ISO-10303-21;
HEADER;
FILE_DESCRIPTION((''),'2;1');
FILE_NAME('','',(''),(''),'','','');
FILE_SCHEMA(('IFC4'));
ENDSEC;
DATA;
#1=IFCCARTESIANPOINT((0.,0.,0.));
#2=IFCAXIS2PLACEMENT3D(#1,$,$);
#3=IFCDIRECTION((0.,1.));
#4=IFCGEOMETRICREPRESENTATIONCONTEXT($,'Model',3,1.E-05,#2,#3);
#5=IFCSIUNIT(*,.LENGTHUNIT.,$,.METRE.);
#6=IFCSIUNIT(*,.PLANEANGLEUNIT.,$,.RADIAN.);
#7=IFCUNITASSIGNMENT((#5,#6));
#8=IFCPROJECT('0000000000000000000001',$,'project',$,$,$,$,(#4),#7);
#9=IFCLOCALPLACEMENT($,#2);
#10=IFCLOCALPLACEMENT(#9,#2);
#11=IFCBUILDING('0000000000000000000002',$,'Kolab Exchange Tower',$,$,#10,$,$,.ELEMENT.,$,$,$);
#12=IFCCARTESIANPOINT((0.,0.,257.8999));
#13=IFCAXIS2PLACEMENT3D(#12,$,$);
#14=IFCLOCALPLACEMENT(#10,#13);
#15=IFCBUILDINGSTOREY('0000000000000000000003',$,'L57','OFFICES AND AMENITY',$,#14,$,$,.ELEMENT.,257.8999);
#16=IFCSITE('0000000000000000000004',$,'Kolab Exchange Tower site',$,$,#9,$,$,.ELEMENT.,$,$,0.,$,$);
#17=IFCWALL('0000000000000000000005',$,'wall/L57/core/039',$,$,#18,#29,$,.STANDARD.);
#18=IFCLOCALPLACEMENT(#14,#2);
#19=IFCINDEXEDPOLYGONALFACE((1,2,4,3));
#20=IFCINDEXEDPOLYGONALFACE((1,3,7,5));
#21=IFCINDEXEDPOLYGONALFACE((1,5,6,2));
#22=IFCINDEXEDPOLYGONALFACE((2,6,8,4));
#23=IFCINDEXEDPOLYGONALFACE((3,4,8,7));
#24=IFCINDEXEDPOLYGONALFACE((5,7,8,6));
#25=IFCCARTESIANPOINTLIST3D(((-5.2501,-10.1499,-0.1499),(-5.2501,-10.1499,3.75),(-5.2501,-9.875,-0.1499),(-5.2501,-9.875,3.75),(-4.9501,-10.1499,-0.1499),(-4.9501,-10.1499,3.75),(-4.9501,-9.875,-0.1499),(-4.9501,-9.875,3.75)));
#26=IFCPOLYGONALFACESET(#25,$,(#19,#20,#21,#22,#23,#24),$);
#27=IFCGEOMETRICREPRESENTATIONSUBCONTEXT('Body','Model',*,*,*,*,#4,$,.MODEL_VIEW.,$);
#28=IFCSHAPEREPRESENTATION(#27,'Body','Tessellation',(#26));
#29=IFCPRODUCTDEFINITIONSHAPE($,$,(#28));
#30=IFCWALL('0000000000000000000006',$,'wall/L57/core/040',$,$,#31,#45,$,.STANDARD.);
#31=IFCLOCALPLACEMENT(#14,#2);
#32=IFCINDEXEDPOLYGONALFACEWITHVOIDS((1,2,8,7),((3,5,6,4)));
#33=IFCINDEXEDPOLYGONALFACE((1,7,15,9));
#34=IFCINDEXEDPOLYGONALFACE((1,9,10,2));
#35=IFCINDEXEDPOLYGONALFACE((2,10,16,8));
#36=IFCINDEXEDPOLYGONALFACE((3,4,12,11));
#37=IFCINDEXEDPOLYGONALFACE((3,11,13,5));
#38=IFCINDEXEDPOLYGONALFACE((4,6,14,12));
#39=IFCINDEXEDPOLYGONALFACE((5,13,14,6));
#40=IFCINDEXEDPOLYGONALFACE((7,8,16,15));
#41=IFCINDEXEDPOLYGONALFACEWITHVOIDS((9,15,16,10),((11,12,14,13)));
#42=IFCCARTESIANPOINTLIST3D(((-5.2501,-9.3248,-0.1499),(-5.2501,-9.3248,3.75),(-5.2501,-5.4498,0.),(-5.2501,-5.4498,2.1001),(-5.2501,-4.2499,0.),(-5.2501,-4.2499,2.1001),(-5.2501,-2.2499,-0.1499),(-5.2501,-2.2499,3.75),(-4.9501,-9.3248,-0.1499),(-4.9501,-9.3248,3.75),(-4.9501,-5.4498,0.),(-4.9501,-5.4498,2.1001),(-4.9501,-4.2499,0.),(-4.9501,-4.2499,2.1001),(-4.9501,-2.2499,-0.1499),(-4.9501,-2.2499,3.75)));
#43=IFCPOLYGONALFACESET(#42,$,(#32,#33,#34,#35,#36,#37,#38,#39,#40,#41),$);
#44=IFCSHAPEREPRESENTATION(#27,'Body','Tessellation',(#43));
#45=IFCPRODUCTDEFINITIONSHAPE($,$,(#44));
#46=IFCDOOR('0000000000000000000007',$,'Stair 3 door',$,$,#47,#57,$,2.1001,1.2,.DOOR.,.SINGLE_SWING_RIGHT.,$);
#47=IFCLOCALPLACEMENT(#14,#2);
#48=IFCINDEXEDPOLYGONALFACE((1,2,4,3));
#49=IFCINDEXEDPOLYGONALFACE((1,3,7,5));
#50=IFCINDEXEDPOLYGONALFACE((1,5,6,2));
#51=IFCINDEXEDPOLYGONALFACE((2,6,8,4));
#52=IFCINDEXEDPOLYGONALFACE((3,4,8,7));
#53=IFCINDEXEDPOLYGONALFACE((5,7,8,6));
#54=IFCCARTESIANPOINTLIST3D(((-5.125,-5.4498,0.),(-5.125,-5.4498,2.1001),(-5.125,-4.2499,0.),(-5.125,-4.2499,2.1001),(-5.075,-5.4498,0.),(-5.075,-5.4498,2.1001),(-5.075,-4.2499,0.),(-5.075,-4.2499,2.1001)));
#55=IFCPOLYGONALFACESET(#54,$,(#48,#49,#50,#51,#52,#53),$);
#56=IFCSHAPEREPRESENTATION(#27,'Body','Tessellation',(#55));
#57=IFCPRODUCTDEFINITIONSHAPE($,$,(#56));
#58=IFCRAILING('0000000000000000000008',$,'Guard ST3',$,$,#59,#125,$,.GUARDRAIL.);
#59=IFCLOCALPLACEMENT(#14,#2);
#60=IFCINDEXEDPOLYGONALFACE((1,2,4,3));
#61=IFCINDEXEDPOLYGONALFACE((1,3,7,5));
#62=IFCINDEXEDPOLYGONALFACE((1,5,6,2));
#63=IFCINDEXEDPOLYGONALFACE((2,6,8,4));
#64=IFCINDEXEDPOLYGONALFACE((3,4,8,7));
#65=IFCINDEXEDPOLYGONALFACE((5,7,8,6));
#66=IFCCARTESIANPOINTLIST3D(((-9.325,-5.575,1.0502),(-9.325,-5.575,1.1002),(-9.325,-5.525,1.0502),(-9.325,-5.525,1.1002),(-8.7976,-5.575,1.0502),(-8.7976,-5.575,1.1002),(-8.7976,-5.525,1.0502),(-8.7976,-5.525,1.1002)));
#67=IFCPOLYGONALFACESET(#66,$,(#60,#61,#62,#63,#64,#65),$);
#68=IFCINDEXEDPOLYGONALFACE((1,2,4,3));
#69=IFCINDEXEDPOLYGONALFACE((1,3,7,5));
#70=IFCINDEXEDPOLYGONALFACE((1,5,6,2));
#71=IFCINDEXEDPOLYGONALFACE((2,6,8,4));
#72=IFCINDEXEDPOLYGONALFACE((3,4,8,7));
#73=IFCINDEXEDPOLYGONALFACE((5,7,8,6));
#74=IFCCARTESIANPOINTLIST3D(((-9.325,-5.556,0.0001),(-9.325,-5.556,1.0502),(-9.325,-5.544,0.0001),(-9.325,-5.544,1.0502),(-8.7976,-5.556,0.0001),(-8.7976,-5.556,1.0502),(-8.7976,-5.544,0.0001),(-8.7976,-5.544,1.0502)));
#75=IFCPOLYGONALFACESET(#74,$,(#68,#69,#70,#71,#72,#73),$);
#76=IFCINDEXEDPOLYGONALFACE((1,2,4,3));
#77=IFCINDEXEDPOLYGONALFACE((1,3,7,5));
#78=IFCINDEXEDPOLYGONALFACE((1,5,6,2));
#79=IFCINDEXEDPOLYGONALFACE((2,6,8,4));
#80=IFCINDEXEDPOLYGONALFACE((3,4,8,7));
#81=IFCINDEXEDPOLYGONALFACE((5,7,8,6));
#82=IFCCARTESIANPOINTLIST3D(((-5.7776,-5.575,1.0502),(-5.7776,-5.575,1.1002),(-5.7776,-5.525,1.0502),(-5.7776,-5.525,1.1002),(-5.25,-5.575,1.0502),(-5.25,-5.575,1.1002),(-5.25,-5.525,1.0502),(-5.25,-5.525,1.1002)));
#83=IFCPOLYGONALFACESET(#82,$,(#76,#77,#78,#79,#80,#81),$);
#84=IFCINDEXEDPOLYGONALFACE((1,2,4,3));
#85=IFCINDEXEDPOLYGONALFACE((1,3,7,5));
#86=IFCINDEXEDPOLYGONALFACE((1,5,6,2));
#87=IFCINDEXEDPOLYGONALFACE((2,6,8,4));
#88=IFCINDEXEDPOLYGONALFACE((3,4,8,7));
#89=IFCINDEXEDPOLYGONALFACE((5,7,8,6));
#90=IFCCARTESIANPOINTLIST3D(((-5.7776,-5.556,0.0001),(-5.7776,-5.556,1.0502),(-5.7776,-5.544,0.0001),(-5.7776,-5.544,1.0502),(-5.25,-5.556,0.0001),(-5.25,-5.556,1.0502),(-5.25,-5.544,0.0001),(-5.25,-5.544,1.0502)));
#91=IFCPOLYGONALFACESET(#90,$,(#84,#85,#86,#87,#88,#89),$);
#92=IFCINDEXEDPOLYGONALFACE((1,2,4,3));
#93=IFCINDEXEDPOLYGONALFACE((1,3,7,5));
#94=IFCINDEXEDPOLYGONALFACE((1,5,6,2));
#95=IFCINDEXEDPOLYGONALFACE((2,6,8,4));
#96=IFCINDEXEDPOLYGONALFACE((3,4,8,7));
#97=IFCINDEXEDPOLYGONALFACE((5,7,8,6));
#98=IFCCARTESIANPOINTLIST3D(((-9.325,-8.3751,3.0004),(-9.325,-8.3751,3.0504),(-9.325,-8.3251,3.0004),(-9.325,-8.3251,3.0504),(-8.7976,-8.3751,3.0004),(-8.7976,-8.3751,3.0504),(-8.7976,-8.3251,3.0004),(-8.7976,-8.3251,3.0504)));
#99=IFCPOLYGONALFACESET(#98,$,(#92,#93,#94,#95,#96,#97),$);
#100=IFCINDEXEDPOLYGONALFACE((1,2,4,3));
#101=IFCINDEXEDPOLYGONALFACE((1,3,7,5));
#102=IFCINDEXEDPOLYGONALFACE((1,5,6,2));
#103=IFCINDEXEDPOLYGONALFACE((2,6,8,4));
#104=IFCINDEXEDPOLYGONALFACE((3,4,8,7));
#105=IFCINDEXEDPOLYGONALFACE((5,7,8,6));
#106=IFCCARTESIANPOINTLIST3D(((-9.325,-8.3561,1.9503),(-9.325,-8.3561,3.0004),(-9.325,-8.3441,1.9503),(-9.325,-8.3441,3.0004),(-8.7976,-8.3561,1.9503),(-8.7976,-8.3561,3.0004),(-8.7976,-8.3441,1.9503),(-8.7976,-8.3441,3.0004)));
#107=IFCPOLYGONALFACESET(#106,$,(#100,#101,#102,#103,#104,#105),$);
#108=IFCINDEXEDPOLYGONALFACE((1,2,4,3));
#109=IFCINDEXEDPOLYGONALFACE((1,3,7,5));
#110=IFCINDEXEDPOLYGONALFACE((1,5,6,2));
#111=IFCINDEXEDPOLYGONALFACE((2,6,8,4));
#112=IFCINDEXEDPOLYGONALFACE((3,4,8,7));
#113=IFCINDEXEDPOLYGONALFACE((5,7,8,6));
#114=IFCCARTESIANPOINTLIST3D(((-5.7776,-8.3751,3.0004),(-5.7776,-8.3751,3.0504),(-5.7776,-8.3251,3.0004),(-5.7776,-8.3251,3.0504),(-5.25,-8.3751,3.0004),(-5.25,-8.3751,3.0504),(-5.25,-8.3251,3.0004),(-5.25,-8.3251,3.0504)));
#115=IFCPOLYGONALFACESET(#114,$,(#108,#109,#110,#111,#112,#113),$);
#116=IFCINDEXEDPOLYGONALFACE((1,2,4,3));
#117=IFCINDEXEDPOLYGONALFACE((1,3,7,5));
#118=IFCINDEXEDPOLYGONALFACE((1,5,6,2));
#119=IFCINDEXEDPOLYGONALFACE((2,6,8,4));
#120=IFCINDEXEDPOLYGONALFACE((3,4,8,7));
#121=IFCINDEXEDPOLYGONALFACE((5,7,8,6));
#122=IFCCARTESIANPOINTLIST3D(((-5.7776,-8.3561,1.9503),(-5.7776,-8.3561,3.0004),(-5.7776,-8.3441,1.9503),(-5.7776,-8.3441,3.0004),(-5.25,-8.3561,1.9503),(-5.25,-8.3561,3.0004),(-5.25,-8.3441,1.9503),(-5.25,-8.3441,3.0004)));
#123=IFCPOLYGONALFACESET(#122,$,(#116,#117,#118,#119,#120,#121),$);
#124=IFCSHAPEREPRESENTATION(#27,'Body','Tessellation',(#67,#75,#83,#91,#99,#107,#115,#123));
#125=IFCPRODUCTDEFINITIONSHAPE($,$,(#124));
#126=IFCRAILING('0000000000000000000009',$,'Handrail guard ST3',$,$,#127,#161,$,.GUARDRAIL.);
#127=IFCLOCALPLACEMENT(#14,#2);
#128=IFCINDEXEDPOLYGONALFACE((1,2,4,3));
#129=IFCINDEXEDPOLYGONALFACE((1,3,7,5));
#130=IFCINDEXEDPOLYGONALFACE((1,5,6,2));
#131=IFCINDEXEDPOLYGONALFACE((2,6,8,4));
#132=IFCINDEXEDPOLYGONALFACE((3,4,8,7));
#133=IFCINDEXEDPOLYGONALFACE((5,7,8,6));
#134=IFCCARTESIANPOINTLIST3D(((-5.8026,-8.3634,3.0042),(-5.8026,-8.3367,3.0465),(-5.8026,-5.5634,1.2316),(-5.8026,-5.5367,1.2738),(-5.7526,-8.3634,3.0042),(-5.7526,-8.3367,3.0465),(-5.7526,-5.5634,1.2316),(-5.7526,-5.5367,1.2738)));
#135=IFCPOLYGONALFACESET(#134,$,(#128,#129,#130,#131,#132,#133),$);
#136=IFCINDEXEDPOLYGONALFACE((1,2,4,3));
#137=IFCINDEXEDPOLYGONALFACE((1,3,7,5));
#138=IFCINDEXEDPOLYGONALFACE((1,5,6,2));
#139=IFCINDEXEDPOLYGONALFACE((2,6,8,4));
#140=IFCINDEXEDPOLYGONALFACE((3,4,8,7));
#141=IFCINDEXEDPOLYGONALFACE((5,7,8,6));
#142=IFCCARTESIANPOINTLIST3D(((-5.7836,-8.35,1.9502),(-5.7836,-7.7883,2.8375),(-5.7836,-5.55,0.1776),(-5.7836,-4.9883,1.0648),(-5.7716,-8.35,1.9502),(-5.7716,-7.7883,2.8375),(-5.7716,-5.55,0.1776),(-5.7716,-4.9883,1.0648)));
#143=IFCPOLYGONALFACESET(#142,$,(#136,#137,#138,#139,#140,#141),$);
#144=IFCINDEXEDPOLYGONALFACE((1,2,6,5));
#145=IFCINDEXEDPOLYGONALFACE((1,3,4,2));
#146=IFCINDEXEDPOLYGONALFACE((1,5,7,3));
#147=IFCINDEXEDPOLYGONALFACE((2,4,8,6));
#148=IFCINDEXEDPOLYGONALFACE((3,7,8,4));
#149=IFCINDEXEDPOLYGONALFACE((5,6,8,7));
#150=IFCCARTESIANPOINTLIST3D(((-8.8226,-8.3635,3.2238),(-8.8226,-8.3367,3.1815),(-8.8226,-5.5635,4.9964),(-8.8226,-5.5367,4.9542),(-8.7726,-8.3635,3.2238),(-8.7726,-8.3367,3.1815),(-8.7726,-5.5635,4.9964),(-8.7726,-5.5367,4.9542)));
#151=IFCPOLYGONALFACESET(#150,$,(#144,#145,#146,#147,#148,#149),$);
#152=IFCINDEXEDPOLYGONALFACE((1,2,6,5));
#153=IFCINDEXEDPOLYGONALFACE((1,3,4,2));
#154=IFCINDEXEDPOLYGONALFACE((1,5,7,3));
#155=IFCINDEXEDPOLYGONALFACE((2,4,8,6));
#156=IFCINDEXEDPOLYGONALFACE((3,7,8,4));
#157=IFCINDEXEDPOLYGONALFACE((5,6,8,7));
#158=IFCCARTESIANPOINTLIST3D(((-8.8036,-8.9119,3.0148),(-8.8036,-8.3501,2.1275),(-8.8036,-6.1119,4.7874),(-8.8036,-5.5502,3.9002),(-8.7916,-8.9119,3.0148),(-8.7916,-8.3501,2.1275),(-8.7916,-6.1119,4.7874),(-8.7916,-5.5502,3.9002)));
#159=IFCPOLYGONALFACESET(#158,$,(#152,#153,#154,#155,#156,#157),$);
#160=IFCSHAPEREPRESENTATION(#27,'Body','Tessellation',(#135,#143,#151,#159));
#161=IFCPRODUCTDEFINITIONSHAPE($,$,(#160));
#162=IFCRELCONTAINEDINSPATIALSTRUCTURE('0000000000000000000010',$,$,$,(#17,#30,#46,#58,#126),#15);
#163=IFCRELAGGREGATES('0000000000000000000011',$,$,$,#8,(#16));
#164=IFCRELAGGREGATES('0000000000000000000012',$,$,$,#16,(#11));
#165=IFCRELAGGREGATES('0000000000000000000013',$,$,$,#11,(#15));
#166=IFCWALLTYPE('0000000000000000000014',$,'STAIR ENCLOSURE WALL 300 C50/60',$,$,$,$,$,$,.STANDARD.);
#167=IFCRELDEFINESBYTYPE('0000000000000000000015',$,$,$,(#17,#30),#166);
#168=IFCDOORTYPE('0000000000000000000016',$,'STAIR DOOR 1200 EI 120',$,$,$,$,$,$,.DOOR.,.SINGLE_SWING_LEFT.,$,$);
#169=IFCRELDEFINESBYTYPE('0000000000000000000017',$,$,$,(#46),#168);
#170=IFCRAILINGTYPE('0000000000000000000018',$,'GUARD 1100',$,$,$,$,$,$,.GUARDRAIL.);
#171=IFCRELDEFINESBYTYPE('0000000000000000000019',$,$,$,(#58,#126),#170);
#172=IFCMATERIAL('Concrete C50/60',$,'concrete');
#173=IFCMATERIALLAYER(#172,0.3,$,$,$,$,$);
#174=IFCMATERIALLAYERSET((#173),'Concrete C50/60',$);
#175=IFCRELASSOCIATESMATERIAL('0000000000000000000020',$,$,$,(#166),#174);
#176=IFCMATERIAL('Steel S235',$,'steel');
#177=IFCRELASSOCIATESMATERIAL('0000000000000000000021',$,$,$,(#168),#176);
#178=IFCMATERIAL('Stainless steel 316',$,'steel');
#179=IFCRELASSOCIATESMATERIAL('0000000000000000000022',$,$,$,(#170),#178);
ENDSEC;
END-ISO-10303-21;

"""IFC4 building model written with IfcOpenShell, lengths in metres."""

from ifc_helpers import new_model, si_unit, direction, frame, frame_2d, origin, origin_2d, place, context, subcontext, project, spatial, rectangle, extrude, material, layer, layer_set, type_object, element, fill, save


model = new_model("IFC4")

# Units and contexts
model_context = context("Model", 3, precision=1e-05, world=origin(), true_north=direction((0.0, 1.0)))
body_context = subcontext(model_context, "Body", "Model", "MODEL_VIEW")
ifc_project = project(units=[si_unit("LENGTHUNIT", "METRE"), si_unit("PLANEANGLEUNIT", "RADIAN")], contexts=[model_context])

# Site, building, storey
site_placement = place(None, origin())
site = spatial("IfcSite", under=ifc_project, at=site_placement, Name="Kolab Exchange Tower site", CompositionType="ELEMENT", RefElevation=0.0)
building_placement = place(site_placement, origin())
building = spatial("IfcBuilding", under=site, at=building_placement, Name="Kolab Exchange Tower", CompositionType="ELEMENT")
storey_placement = place(building_placement, frame((0.0, 0.0, 257.8999)))
storey = spatial("IfcBuildingStorey", under=building, at=storey_placement, Name="L57", Description="OFFICES AND AMENITY", CompositionType="ELEMENT", Elevation=257.8999)

# Shared definitions
ifc_material_1 = material(Name="Concrete C50/60", Category="concrete")
ifc_material_2 = material(Name="Steel S235", Category="steel")
ifc_material_3 = material(Name="Stainless steel 316", Category="steel")

# Wall
ifc_layer_1 = layer(ifc_material_1, 0.3)
ifc_layer_set_1 = layer_set([ifc_layer_1], Name="Concrete C50/60")
wall_type_1 = type_object("IfcWallType", Name="STAIR ENCLOSURE WALL 300 C50/60", PredefinedType="STANDARD", material=ifc_layer_set_1)
wall_1_placement = place(storey_placement, frame((-5.1001, -10.1499, -0.1499), z_axis=(0.0, 0.0, 1.0), x_axis=(0.0, 1.0, 0.0)))
element("IfcWall", 1, at=wall_1_placement, inside=storey, type_object=wall_type_1, Name="wall/L57/core/039", PredefinedType="STANDARD", context=body_context, shape_type="SweptSolid", body=[
    extrude(rectangle(XDim=0.2749, YDim=0.3, at=frame_2d((0.1375, 0.0))), origin(), (0.0, 0.0, 1.0), 3.8999),
])

# Wall, opening, door
wall_2_placement = place(storey_placement, frame((-5.1001, -9.325, -0.1499), z_axis=(0.0, 0.0, 1.0), x_axis=(0.0, 1.0, 0.0)))
wall_2 = element("IfcWall", 2, at=wall_2_placement, inside=storey, type_object=wall_type_1, Name="wall/L57/core/040", PredefinedType="STANDARD", context=body_context, shape_type="SweptSolid", body=[
    extrude(rectangle(XDim=7.075, YDim=0.3, at=frame_2d((3.5376, 0.0))), origin(), (0.0, 0.0, 1.0), 3.8999),
])
opening_1_placement = place(wall_2_placement, frame((3.875, 0.0, 0.1499)))
opening_1 = element("IfcOpeningElement", 3, at=opening_1_placement, cuts=wall_2, PredefinedType="OPENING", context=body_context, shape_type="SweptSolid", body=[
    extrude(rectangle(XDim=1.2, YDim=2.1001, at=frame_2d((0.6001, 1.05))), frame((0.0, 0.1602, 0.0), z_axis=(0.0, -1.0, 0.0), x_axis=(1.0, 0.0, 0.0)), (0.0, 0.0, 1.0), 0.3201),
])
door_type_1 = type_object("IfcDoorType", Name="STAIR DOOR 1200 EI 120", OperationType="SINGLE_SWING_LEFT", PredefinedType="DOOR", material=ifc_material_2)
door_1_placement = place(opening_1_placement, origin())
door_1 = element("IfcDoor", 4, at=door_1_placement, inside=storey, type_object=door_type_1, Name="Stair 3 door", OperationType="SINGLE_SWING_RIGHT", OverallHeight=2.1001, OverallWidth=1.2, PredefinedType="DOOR", context=body_context, shape_type="SweptSolid", body=[
    extrude(rectangle(XDim=1.2, YDim=2.1001, at=frame_2d((0.6001, 1.05))), frame((0.0, 0.0249, 0.0), z_axis=(0.0, -1.0, 0.0), x_axis=(1.0, 0.0, 0.0)), (0.0, 0.0, 1.0), 0.05),
])
fill(opening_1, door_1)

# Railings
railing_type = type_object("IfcRailingType", Name="GUARD 1100", PredefinedType="GUARDRAIL", material=ifc_material_3)
railing_1_placement = place(storey_placement, frame((-9.325, -5.55, 0.0)))
element("IfcRailing", 5, at=railing_1_placement, inside=storey, type_object=railing_type, Name="Guard ST3", PredefinedType="GUARDRAIL", context=body_context, shape_type="SweptSolid", body=[
    extrude(rectangle(XDim=0.05, YDim=0.05, at=origin_2d()), frame((0.0, 0.0, 1.0752), z_axis=(1.0, 0.0, 0.0), x_axis=(0.0, 1.0, 0.0)), (0.0, 0.0, 1.0), 0.5273),
    extrude(rectangle(XDim=0.012, YDim=1.0501, at=frame_2d((0.0, 0.5251))), frame((0.0, 0.0, 0.0), z_axis=(1.0, 0.0, 0.0), x_axis=(0.0, 1.0, 0.0)), (0.0, 0.0, 1.0), 0.5273),
    extrude(rectangle(XDim=0.05, YDim=0.05, at=origin_2d()), frame((3.5474, 0.0, 1.0752), z_axis=(1.0, 0.0, 0.0), x_axis=(0.0, 1.0, 0.0)), (0.0, 0.0, 1.0), 0.5276),
    extrude(rectangle(XDim=0.012, YDim=1.0501, at=frame_2d((0.0, 0.5251))), frame((3.5474, 0.0, 0.0), z_axis=(1.0, 0.0, 0.0), x_axis=(0.0, 1.0, 0.0)), (0.0, 0.0, 1.0), 0.5276),
    extrude(rectangle(XDim=0.05, YDim=0.05, at=origin_2d()), frame((0.0, -2.8, 3.0254), z_axis=(1.0, 0.0, 0.0), x_axis=(0.0, 1.0, 0.0)), (0.0, 0.0, 1.0), 0.5273),
    extrude(rectangle(XDim=0.012, YDim=1.0501, at=frame_2d((0.0, 0.5251))), frame((0.0, -2.8, 1.9502), z_axis=(1.0, 0.0, 0.0), x_axis=(0.0, 1.0, 0.0)), (0.0, 0.0, 1.0), 0.5273),
    extrude(rectangle(XDim=0.05, YDim=0.05, at=origin_2d()), frame((3.5474, -2.8, 3.0254), z_axis=(1.0, 0.0, 0.0), x_axis=(0.0, 1.0, 0.0)), (0.0, 0.0, 1.0), 0.5276),
    extrude(rectangle(XDim=0.012, YDim=1.0501, at=frame_2d((0.0, 0.5251))), frame((3.5474, -2.8, 1.9502), z_axis=(1.0, 0.0, 0.0), x_axis=(0.0, 1.0, 0.0)), (0.0, 0.0, 1.0), 0.5276),
])
railing_2_placement = place(storey_placement, frame((-5.7776, -5.55, 0.1775)))
element("IfcRailing", 6, at=railing_2_placement, inside=storey, type_object=railing_type, Name="Handrail guard ST3", PredefinedType="GUARDRAIL", context=body_context, shape_type="SweptSolid", body=[
    extrude(rectangle(XDim=0.05, YDim=0.05, at=origin_2d()), frame((0.0, 0.0, 1.0752), z_axis=(0.0, -0.844909, 0.53491), x_axis=(1.0, 0.0, 0.0)), (0.0, 0.0, 1.0), 3.314),
    extrude(rectangle(XDim=0.012, YDim=1.0501, at=frame_2d((0.0, 0.5251))), frame((0.0, 0.0, 0.0), z_axis=(0.0, -0.844909, 0.53491), x_axis=(1.0, 0.0, 0.0)), (0.0, 0.0, 1.0), 3.314),
    extrude(rectangle(XDim=0.05, YDim=0.05, at=origin_2d()), frame((-3.02, -2.8, 3.0251), z_axis=(0.0, 0.844909, 0.53491), x_axis=(-1.0, 0.0, 0.0)), (0.0, 0.0, 1.0), 3.314),
    extrude(rectangle(XDim=0.012, YDim=1.0501, at=frame_2d((0.0, 0.5251))), frame((-3.02, -2.8, 1.95), z_axis=(0.0, 0.844909, 0.53491), x_axis=(-1.0, 0.0, 0.0)), (0.0, 0.0, 1.0), 3.314),
])

save(model, "model.ifc")
